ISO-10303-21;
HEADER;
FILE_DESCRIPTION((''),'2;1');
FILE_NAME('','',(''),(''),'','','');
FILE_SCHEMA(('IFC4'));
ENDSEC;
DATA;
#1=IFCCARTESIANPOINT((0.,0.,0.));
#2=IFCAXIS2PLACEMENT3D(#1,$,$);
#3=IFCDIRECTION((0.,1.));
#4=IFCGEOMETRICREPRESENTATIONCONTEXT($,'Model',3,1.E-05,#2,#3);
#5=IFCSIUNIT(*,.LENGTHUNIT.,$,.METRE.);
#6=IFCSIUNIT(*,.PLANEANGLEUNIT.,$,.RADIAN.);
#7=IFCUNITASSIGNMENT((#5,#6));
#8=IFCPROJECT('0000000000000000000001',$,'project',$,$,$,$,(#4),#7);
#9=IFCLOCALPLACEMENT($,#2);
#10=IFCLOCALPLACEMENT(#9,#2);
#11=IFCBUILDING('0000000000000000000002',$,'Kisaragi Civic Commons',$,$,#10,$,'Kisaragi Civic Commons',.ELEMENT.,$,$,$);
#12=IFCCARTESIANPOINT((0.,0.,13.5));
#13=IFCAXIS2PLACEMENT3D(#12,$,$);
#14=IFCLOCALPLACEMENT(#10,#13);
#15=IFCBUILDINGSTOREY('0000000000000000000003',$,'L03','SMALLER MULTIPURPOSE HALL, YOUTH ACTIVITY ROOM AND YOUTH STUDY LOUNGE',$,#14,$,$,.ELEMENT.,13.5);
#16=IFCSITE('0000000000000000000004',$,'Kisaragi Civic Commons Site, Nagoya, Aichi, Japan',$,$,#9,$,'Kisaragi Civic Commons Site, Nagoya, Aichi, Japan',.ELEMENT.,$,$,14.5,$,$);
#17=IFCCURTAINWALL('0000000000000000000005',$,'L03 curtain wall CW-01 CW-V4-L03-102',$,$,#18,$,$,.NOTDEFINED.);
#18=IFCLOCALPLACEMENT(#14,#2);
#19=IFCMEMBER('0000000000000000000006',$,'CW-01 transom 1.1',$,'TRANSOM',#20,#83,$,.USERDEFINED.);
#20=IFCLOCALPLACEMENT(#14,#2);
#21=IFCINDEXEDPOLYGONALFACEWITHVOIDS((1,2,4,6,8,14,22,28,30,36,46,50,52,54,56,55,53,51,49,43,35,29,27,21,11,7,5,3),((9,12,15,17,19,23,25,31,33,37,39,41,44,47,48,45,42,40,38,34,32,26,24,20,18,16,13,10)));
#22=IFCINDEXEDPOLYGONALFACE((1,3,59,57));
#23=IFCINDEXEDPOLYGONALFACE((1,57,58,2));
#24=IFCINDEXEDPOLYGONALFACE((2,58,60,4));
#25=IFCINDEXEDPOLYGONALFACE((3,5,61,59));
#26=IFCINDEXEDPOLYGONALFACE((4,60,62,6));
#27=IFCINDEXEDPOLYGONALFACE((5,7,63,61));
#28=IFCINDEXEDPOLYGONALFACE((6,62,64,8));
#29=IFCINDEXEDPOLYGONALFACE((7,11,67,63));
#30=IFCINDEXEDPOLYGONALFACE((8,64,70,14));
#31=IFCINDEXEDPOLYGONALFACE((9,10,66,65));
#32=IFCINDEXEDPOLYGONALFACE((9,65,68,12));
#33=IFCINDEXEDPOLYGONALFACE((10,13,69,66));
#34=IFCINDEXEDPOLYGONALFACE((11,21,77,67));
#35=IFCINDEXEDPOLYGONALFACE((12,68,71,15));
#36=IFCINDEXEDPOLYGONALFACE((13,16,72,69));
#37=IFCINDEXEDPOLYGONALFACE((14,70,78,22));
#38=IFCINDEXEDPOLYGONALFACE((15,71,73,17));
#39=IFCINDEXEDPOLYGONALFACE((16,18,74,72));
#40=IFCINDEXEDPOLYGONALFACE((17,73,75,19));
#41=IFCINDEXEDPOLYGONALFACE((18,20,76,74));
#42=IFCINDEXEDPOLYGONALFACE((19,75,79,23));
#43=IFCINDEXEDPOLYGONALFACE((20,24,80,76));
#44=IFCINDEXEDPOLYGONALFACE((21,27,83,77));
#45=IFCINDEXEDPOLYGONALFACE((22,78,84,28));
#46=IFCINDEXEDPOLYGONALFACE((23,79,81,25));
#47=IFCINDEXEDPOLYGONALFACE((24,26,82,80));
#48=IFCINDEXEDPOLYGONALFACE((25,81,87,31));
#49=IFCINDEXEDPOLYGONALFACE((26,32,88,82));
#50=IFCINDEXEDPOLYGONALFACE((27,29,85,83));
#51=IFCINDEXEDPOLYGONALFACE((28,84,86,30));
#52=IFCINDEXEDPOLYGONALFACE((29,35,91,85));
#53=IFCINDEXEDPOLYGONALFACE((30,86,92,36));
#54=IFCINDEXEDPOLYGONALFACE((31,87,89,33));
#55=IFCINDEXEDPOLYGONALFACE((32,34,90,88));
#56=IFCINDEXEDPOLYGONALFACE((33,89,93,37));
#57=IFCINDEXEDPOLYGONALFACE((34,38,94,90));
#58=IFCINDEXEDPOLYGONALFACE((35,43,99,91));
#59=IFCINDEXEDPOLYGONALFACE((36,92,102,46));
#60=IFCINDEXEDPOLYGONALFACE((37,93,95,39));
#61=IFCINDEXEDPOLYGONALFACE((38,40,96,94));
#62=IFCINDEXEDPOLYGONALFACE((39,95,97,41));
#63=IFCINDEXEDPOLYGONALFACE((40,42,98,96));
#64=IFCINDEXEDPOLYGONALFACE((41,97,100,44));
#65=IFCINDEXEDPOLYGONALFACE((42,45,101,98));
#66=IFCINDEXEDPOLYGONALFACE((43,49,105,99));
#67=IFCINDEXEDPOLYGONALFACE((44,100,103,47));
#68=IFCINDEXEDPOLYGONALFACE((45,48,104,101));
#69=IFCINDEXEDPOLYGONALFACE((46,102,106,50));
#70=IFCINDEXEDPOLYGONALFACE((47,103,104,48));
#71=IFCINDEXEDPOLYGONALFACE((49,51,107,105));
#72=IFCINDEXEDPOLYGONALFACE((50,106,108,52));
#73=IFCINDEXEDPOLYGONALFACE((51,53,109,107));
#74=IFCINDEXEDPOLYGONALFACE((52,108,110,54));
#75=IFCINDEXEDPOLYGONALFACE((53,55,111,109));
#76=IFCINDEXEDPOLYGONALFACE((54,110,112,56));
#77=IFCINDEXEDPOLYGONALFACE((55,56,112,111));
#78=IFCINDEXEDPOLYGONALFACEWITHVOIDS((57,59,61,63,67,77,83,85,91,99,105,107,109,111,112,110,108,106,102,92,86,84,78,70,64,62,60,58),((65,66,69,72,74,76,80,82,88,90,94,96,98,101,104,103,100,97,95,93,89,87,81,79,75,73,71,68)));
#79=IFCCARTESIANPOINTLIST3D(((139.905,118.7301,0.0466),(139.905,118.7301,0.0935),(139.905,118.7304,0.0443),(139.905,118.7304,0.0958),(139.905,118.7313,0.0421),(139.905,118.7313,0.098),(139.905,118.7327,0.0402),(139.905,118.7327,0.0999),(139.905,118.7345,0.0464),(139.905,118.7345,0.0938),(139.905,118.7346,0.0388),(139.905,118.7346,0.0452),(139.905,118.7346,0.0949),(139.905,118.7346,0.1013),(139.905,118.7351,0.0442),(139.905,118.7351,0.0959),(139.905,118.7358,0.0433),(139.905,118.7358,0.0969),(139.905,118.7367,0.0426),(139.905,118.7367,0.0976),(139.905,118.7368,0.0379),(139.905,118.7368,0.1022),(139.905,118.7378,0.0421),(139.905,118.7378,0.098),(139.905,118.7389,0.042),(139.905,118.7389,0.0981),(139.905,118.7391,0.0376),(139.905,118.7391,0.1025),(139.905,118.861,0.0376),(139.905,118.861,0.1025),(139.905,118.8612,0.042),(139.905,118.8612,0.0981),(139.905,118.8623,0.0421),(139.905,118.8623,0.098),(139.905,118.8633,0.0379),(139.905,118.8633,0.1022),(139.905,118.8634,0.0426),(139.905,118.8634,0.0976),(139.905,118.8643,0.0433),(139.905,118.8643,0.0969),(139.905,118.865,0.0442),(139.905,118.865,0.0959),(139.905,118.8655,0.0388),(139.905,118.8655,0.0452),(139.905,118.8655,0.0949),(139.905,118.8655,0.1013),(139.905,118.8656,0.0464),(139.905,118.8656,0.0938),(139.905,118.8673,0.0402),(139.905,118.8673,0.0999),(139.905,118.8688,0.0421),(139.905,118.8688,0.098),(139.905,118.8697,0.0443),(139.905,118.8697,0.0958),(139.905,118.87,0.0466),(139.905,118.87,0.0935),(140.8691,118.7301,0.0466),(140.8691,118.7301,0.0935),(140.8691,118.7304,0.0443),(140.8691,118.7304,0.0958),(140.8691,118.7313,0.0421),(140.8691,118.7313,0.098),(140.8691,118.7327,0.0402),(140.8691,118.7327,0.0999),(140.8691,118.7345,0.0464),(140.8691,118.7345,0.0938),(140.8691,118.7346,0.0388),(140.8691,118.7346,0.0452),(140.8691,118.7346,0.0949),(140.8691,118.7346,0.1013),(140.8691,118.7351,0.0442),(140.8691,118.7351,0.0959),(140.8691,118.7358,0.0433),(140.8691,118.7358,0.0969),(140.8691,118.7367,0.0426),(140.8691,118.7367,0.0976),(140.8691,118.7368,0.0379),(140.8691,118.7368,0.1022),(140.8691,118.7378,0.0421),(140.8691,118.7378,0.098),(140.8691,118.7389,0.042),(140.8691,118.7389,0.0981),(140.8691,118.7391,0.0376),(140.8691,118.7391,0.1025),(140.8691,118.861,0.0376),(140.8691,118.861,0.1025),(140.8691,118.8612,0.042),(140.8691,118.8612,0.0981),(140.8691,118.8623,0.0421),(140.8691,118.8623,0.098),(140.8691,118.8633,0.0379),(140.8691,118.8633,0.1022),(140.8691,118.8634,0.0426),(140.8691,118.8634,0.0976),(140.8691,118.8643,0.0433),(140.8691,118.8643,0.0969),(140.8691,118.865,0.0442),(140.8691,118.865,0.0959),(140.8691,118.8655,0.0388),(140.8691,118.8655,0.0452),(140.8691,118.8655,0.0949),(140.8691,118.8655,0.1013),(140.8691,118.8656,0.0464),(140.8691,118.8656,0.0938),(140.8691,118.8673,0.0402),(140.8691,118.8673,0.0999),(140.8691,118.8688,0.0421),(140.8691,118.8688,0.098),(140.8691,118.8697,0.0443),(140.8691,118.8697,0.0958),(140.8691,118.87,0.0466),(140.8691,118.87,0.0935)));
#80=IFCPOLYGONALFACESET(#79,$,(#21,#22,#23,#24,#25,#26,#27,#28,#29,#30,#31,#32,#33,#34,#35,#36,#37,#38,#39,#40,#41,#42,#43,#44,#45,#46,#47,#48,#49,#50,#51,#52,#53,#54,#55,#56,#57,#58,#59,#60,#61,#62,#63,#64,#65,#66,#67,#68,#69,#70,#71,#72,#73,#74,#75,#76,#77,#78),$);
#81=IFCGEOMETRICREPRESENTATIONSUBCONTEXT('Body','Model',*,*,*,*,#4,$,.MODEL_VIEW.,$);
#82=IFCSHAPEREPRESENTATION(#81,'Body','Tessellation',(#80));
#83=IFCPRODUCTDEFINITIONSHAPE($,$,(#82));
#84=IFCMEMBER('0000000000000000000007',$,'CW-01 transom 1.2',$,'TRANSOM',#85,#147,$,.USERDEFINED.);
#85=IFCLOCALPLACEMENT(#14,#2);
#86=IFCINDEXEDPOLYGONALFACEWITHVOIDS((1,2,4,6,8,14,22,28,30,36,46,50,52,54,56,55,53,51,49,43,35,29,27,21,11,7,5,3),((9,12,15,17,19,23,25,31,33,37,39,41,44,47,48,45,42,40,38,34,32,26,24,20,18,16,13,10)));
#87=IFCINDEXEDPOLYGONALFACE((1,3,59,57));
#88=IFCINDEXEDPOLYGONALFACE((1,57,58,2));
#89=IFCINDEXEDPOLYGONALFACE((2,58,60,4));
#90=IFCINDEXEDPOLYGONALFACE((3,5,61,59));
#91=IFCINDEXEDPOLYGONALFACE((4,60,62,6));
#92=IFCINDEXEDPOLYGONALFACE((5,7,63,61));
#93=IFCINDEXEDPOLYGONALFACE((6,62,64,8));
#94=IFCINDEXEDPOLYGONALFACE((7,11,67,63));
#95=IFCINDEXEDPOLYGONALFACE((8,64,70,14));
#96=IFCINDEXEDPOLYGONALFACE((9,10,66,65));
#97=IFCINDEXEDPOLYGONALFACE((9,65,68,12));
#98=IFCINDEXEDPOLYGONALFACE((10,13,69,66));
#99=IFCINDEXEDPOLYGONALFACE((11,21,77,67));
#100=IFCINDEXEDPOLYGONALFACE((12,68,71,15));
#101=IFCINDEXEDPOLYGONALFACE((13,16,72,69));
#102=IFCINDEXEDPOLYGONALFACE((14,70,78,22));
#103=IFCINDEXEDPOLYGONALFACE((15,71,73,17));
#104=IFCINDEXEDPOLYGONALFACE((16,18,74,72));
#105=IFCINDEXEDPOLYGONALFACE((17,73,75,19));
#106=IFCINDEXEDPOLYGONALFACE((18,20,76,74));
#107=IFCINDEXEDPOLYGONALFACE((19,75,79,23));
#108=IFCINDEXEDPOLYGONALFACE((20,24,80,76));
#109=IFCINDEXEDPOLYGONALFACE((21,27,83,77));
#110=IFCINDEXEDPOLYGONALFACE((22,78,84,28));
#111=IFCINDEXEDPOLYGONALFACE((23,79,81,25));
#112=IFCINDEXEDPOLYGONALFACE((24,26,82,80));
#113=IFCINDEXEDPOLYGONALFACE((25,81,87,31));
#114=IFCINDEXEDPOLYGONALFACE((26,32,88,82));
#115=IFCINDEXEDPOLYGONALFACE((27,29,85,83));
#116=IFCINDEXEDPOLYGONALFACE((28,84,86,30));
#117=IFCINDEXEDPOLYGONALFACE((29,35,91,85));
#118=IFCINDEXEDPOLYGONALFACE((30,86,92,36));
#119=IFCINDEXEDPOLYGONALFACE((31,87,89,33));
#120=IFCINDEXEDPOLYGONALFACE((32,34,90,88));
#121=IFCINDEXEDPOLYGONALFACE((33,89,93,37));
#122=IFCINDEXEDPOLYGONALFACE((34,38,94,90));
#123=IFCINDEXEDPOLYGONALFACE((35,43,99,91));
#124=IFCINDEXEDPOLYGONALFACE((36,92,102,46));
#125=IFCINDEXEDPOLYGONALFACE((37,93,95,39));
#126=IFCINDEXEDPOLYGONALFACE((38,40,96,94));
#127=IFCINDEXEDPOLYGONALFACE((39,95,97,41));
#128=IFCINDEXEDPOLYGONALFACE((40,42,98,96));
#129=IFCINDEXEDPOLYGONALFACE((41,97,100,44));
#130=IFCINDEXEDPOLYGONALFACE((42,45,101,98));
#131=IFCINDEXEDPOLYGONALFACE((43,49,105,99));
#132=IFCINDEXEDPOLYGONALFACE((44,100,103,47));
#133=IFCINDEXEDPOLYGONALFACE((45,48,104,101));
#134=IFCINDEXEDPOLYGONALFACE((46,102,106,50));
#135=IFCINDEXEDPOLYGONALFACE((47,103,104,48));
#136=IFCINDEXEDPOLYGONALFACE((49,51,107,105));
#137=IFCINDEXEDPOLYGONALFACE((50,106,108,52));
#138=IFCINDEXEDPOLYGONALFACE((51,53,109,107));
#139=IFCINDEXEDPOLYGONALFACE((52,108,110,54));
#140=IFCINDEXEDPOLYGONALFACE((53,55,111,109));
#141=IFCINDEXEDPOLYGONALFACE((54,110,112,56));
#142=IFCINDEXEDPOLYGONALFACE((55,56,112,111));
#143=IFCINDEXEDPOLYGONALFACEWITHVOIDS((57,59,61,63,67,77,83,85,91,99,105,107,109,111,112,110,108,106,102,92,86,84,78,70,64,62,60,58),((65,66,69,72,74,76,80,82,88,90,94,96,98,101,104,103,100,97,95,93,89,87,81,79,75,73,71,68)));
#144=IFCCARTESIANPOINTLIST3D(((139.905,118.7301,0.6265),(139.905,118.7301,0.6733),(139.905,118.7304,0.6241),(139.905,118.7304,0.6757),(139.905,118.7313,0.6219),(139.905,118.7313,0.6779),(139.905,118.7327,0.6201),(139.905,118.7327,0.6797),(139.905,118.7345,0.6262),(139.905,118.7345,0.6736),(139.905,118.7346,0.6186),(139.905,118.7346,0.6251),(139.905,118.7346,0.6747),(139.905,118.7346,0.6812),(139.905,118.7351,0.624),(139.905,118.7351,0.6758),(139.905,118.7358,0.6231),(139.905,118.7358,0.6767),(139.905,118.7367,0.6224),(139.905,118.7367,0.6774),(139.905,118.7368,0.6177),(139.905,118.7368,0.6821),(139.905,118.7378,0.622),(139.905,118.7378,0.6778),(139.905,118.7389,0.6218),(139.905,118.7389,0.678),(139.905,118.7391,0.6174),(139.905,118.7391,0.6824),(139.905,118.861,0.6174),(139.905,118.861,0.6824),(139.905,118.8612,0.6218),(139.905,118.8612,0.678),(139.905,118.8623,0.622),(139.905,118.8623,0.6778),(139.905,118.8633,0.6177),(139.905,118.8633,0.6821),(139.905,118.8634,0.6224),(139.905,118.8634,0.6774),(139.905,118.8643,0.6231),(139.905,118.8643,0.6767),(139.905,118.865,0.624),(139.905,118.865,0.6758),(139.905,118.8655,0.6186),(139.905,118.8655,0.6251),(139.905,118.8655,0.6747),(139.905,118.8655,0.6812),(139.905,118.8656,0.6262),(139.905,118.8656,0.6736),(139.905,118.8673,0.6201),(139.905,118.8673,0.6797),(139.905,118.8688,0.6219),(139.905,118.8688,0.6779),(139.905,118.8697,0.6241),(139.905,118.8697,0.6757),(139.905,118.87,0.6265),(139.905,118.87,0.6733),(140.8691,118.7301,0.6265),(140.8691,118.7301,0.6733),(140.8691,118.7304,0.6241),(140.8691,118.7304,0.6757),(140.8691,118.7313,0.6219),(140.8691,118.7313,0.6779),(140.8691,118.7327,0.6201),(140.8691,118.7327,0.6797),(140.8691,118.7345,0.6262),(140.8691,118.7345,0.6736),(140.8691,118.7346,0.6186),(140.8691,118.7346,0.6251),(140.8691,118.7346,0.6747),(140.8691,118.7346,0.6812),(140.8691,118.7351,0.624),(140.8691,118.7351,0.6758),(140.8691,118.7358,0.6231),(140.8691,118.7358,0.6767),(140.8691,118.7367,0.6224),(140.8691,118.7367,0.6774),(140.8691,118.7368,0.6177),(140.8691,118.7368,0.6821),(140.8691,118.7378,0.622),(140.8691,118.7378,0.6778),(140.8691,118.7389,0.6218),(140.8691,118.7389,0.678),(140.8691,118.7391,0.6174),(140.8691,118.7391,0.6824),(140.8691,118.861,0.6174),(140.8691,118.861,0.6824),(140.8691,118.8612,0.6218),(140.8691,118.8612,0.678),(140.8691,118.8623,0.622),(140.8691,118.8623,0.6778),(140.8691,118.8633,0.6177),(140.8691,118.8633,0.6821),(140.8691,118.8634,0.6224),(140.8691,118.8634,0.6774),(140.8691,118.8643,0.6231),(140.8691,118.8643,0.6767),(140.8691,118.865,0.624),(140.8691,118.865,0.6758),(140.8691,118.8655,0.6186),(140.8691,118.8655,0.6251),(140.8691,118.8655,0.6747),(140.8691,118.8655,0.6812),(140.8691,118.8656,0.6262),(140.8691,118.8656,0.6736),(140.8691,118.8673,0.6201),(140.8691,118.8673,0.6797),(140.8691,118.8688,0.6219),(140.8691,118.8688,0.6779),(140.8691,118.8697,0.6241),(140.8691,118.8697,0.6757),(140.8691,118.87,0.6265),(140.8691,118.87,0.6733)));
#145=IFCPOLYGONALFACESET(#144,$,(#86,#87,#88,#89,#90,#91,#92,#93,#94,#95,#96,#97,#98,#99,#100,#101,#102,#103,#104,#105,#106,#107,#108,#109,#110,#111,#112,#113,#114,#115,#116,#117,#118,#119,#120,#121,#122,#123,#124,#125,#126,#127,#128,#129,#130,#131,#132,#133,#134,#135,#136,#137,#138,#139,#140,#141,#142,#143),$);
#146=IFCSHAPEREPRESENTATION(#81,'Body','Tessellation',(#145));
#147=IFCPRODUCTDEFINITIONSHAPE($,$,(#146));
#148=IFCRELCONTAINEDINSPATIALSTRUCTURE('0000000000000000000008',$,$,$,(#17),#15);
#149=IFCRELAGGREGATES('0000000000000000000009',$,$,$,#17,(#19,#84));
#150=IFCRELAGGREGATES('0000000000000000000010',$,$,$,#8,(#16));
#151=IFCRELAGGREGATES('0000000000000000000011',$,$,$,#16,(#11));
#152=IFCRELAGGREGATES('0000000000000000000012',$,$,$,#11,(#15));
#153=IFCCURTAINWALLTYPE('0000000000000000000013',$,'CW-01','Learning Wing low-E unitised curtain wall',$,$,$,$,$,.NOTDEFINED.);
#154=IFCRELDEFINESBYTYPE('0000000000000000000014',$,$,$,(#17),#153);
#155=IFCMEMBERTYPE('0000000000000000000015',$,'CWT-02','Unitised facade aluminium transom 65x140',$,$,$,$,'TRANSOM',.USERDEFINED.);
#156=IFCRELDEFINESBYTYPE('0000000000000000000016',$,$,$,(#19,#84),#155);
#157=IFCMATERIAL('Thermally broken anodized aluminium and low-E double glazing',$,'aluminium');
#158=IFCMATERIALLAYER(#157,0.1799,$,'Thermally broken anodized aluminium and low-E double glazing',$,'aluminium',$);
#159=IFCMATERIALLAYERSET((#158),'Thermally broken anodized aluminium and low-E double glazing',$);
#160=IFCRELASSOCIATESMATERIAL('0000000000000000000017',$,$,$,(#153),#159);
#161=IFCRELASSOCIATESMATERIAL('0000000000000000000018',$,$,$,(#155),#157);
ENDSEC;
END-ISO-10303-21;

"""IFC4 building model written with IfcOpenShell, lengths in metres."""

from ifc_helpers import new_model, si_unit, direction, frame, origin, origin_2d, place, context, subcontext, project, spatial, hollow_rectangle, extrude, material, layer, layer_set, material_profile, profile_set, type_object, element, aggregate, save


model = new_model("IFC4")

# Units and contexts
model_context = context("Model", 3, precision=1e-05, world=origin(), true_north=direction((0.0, 1.0)))
body_context = subcontext(model_context, "Body", "Model", "MODEL_VIEW")
ifc_project = project(units=[si_unit("LENGTHUNIT", "METRE"), si_unit("PLANEANGLEUNIT", "RADIAN")], contexts=[model_context])

# Site, building, storey
site_placement = place(None, origin())
site = spatial("IfcSite", under=ifc_project, at=site_placement, Name="Kisaragi Civic Commons Site, Nagoya, Aichi, Japan", LongName="Kisaragi Civic Commons Site, Nagoya, Aichi, Japan", CompositionType="ELEMENT", RefElevation=14.5)
building_placement = place(site_placement, origin())
building = spatial("IfcBuilding", under=site, at=building_placement, Name="Kisaragi Civic Commons", LongName="Kisaragi Civic Commons", CompositionType="ELEMENT")
storey_placement = place(building_placement, frame((0.0, 0.0, 13.5)))
storey = spatial("IfcBuildingStorey", under=building, at=storey_placement, Name="L03", Description="SMALLER MULTIPURPOSE HALL, YOUTH ACTIVITY ROOM AND YOUTH STUDY LOUNGE", CompositionType="ELEMENT", Elevation=13.5)

# Shared definitions
ifc_material = material(Name="Thermally broken anodized aluminium and low-E double glazing", Category="aluminium")
ifc_layer_1 = layer(ifc_material, 0.1799, Name="Thermally broken anodized aluminium and low-E double glazing", Category="aluminium")
ifc_layer_set_1 = layer_set([ifc_layer_1], Name="Thermally broken anodized aluminium and low-E double glazing")
curtain_wall_type = type_object("IfcCurtainWallType", Name="CW-01", Description="Learning Wing low-E unitised curtain wall", PredefinedType="NOTDEFINED", material=ifc_layer_set_1)

# Curtain wall, members
curtain_wall_1_placement = place(storey_placement, origin())
curtain_wall_1 = element("IfcCurtainWall", 1, at=curtain_wall_1_placement, inside=storey, type_object=curtain_wall_type, Name="L03 curtain wall CW-01 CW-V4-L03-102", PredefinedType="NOTDEFINED")
ifc_material_profile_1 = material_profile(ifc_material, hollow_rectangle(XDim=0.1399, YDim=0.0649, WallThickness=0.0044, InnerFilletRadius=0.0044, OuterFilletRadius=0.009, at=origin_2d()), Name="CWT-65x140x4.5", Category="aluminium")
ifc_profile_set_1 = profile_set([ifc_material_profile_1], Name="Thermally broken anodized aluminium and low-E double glazing")
member_type_1 = type_object("IfcMemberType", Name="CWT-02", Description="Unitised facade aluminium transom 65x140", ElementType="TRANSOM", PredefinedType="USERDEFINED", material=ifc_profile_set_1)
member_1_placement = place(storey_placement, frame((139.905, 118.8, 0.0701), z_axis=(1.0, 0.0, 0.0), x_axis=(0.0, 1.0, 0.0)))
member_1 = element("IfcMember", 2, at=member_1_placement, type_object=member_type_1, Name="CW-01 transom 1.1", ObjectType="TRANSOM", PredefinedType="USERDEFINED", context=body_context, shape_type="SweptSolid", body=[
    extrude(hollow_rectangle(XDim=0.1399, YDim=0.0649, WallThickness=0.0044, InnerFilletRadius=0.0044, OuterFilletRadius=0.009, at=origin_2d()), origin(), (0.0, 0.0, 1.0), 0.9641),
])
member_2_placement = place(storey_placement, frame((139.905, 118.8, 0.6499), z_axis=(1.0, 0.0, 0.0), x_axis=(0.0, 1.0, 0.0)))
member_2 = element("IfcMember", 3, at=member_2_placement, type_object=member_type_1, Name="CW-01 transom 1.2", ObjectType="TRANSOM", PredefinedType="USERDEFINED", context=body_context, shape_type="SweptSolid", body=[
    extrude(hollow_rectangle(XDim=0.1399, YDim=0.0649, WallThickness=0.0044, InnerFilletRadius=0.0044, OuterFilletRadius=0.009, at=origin_2d()), origin(), (0.0, 0.0, 1.0), 0.9641),
])

aggregate(curtain_wall_1, [member_1, member_2])

save(model, "model.ifc")
